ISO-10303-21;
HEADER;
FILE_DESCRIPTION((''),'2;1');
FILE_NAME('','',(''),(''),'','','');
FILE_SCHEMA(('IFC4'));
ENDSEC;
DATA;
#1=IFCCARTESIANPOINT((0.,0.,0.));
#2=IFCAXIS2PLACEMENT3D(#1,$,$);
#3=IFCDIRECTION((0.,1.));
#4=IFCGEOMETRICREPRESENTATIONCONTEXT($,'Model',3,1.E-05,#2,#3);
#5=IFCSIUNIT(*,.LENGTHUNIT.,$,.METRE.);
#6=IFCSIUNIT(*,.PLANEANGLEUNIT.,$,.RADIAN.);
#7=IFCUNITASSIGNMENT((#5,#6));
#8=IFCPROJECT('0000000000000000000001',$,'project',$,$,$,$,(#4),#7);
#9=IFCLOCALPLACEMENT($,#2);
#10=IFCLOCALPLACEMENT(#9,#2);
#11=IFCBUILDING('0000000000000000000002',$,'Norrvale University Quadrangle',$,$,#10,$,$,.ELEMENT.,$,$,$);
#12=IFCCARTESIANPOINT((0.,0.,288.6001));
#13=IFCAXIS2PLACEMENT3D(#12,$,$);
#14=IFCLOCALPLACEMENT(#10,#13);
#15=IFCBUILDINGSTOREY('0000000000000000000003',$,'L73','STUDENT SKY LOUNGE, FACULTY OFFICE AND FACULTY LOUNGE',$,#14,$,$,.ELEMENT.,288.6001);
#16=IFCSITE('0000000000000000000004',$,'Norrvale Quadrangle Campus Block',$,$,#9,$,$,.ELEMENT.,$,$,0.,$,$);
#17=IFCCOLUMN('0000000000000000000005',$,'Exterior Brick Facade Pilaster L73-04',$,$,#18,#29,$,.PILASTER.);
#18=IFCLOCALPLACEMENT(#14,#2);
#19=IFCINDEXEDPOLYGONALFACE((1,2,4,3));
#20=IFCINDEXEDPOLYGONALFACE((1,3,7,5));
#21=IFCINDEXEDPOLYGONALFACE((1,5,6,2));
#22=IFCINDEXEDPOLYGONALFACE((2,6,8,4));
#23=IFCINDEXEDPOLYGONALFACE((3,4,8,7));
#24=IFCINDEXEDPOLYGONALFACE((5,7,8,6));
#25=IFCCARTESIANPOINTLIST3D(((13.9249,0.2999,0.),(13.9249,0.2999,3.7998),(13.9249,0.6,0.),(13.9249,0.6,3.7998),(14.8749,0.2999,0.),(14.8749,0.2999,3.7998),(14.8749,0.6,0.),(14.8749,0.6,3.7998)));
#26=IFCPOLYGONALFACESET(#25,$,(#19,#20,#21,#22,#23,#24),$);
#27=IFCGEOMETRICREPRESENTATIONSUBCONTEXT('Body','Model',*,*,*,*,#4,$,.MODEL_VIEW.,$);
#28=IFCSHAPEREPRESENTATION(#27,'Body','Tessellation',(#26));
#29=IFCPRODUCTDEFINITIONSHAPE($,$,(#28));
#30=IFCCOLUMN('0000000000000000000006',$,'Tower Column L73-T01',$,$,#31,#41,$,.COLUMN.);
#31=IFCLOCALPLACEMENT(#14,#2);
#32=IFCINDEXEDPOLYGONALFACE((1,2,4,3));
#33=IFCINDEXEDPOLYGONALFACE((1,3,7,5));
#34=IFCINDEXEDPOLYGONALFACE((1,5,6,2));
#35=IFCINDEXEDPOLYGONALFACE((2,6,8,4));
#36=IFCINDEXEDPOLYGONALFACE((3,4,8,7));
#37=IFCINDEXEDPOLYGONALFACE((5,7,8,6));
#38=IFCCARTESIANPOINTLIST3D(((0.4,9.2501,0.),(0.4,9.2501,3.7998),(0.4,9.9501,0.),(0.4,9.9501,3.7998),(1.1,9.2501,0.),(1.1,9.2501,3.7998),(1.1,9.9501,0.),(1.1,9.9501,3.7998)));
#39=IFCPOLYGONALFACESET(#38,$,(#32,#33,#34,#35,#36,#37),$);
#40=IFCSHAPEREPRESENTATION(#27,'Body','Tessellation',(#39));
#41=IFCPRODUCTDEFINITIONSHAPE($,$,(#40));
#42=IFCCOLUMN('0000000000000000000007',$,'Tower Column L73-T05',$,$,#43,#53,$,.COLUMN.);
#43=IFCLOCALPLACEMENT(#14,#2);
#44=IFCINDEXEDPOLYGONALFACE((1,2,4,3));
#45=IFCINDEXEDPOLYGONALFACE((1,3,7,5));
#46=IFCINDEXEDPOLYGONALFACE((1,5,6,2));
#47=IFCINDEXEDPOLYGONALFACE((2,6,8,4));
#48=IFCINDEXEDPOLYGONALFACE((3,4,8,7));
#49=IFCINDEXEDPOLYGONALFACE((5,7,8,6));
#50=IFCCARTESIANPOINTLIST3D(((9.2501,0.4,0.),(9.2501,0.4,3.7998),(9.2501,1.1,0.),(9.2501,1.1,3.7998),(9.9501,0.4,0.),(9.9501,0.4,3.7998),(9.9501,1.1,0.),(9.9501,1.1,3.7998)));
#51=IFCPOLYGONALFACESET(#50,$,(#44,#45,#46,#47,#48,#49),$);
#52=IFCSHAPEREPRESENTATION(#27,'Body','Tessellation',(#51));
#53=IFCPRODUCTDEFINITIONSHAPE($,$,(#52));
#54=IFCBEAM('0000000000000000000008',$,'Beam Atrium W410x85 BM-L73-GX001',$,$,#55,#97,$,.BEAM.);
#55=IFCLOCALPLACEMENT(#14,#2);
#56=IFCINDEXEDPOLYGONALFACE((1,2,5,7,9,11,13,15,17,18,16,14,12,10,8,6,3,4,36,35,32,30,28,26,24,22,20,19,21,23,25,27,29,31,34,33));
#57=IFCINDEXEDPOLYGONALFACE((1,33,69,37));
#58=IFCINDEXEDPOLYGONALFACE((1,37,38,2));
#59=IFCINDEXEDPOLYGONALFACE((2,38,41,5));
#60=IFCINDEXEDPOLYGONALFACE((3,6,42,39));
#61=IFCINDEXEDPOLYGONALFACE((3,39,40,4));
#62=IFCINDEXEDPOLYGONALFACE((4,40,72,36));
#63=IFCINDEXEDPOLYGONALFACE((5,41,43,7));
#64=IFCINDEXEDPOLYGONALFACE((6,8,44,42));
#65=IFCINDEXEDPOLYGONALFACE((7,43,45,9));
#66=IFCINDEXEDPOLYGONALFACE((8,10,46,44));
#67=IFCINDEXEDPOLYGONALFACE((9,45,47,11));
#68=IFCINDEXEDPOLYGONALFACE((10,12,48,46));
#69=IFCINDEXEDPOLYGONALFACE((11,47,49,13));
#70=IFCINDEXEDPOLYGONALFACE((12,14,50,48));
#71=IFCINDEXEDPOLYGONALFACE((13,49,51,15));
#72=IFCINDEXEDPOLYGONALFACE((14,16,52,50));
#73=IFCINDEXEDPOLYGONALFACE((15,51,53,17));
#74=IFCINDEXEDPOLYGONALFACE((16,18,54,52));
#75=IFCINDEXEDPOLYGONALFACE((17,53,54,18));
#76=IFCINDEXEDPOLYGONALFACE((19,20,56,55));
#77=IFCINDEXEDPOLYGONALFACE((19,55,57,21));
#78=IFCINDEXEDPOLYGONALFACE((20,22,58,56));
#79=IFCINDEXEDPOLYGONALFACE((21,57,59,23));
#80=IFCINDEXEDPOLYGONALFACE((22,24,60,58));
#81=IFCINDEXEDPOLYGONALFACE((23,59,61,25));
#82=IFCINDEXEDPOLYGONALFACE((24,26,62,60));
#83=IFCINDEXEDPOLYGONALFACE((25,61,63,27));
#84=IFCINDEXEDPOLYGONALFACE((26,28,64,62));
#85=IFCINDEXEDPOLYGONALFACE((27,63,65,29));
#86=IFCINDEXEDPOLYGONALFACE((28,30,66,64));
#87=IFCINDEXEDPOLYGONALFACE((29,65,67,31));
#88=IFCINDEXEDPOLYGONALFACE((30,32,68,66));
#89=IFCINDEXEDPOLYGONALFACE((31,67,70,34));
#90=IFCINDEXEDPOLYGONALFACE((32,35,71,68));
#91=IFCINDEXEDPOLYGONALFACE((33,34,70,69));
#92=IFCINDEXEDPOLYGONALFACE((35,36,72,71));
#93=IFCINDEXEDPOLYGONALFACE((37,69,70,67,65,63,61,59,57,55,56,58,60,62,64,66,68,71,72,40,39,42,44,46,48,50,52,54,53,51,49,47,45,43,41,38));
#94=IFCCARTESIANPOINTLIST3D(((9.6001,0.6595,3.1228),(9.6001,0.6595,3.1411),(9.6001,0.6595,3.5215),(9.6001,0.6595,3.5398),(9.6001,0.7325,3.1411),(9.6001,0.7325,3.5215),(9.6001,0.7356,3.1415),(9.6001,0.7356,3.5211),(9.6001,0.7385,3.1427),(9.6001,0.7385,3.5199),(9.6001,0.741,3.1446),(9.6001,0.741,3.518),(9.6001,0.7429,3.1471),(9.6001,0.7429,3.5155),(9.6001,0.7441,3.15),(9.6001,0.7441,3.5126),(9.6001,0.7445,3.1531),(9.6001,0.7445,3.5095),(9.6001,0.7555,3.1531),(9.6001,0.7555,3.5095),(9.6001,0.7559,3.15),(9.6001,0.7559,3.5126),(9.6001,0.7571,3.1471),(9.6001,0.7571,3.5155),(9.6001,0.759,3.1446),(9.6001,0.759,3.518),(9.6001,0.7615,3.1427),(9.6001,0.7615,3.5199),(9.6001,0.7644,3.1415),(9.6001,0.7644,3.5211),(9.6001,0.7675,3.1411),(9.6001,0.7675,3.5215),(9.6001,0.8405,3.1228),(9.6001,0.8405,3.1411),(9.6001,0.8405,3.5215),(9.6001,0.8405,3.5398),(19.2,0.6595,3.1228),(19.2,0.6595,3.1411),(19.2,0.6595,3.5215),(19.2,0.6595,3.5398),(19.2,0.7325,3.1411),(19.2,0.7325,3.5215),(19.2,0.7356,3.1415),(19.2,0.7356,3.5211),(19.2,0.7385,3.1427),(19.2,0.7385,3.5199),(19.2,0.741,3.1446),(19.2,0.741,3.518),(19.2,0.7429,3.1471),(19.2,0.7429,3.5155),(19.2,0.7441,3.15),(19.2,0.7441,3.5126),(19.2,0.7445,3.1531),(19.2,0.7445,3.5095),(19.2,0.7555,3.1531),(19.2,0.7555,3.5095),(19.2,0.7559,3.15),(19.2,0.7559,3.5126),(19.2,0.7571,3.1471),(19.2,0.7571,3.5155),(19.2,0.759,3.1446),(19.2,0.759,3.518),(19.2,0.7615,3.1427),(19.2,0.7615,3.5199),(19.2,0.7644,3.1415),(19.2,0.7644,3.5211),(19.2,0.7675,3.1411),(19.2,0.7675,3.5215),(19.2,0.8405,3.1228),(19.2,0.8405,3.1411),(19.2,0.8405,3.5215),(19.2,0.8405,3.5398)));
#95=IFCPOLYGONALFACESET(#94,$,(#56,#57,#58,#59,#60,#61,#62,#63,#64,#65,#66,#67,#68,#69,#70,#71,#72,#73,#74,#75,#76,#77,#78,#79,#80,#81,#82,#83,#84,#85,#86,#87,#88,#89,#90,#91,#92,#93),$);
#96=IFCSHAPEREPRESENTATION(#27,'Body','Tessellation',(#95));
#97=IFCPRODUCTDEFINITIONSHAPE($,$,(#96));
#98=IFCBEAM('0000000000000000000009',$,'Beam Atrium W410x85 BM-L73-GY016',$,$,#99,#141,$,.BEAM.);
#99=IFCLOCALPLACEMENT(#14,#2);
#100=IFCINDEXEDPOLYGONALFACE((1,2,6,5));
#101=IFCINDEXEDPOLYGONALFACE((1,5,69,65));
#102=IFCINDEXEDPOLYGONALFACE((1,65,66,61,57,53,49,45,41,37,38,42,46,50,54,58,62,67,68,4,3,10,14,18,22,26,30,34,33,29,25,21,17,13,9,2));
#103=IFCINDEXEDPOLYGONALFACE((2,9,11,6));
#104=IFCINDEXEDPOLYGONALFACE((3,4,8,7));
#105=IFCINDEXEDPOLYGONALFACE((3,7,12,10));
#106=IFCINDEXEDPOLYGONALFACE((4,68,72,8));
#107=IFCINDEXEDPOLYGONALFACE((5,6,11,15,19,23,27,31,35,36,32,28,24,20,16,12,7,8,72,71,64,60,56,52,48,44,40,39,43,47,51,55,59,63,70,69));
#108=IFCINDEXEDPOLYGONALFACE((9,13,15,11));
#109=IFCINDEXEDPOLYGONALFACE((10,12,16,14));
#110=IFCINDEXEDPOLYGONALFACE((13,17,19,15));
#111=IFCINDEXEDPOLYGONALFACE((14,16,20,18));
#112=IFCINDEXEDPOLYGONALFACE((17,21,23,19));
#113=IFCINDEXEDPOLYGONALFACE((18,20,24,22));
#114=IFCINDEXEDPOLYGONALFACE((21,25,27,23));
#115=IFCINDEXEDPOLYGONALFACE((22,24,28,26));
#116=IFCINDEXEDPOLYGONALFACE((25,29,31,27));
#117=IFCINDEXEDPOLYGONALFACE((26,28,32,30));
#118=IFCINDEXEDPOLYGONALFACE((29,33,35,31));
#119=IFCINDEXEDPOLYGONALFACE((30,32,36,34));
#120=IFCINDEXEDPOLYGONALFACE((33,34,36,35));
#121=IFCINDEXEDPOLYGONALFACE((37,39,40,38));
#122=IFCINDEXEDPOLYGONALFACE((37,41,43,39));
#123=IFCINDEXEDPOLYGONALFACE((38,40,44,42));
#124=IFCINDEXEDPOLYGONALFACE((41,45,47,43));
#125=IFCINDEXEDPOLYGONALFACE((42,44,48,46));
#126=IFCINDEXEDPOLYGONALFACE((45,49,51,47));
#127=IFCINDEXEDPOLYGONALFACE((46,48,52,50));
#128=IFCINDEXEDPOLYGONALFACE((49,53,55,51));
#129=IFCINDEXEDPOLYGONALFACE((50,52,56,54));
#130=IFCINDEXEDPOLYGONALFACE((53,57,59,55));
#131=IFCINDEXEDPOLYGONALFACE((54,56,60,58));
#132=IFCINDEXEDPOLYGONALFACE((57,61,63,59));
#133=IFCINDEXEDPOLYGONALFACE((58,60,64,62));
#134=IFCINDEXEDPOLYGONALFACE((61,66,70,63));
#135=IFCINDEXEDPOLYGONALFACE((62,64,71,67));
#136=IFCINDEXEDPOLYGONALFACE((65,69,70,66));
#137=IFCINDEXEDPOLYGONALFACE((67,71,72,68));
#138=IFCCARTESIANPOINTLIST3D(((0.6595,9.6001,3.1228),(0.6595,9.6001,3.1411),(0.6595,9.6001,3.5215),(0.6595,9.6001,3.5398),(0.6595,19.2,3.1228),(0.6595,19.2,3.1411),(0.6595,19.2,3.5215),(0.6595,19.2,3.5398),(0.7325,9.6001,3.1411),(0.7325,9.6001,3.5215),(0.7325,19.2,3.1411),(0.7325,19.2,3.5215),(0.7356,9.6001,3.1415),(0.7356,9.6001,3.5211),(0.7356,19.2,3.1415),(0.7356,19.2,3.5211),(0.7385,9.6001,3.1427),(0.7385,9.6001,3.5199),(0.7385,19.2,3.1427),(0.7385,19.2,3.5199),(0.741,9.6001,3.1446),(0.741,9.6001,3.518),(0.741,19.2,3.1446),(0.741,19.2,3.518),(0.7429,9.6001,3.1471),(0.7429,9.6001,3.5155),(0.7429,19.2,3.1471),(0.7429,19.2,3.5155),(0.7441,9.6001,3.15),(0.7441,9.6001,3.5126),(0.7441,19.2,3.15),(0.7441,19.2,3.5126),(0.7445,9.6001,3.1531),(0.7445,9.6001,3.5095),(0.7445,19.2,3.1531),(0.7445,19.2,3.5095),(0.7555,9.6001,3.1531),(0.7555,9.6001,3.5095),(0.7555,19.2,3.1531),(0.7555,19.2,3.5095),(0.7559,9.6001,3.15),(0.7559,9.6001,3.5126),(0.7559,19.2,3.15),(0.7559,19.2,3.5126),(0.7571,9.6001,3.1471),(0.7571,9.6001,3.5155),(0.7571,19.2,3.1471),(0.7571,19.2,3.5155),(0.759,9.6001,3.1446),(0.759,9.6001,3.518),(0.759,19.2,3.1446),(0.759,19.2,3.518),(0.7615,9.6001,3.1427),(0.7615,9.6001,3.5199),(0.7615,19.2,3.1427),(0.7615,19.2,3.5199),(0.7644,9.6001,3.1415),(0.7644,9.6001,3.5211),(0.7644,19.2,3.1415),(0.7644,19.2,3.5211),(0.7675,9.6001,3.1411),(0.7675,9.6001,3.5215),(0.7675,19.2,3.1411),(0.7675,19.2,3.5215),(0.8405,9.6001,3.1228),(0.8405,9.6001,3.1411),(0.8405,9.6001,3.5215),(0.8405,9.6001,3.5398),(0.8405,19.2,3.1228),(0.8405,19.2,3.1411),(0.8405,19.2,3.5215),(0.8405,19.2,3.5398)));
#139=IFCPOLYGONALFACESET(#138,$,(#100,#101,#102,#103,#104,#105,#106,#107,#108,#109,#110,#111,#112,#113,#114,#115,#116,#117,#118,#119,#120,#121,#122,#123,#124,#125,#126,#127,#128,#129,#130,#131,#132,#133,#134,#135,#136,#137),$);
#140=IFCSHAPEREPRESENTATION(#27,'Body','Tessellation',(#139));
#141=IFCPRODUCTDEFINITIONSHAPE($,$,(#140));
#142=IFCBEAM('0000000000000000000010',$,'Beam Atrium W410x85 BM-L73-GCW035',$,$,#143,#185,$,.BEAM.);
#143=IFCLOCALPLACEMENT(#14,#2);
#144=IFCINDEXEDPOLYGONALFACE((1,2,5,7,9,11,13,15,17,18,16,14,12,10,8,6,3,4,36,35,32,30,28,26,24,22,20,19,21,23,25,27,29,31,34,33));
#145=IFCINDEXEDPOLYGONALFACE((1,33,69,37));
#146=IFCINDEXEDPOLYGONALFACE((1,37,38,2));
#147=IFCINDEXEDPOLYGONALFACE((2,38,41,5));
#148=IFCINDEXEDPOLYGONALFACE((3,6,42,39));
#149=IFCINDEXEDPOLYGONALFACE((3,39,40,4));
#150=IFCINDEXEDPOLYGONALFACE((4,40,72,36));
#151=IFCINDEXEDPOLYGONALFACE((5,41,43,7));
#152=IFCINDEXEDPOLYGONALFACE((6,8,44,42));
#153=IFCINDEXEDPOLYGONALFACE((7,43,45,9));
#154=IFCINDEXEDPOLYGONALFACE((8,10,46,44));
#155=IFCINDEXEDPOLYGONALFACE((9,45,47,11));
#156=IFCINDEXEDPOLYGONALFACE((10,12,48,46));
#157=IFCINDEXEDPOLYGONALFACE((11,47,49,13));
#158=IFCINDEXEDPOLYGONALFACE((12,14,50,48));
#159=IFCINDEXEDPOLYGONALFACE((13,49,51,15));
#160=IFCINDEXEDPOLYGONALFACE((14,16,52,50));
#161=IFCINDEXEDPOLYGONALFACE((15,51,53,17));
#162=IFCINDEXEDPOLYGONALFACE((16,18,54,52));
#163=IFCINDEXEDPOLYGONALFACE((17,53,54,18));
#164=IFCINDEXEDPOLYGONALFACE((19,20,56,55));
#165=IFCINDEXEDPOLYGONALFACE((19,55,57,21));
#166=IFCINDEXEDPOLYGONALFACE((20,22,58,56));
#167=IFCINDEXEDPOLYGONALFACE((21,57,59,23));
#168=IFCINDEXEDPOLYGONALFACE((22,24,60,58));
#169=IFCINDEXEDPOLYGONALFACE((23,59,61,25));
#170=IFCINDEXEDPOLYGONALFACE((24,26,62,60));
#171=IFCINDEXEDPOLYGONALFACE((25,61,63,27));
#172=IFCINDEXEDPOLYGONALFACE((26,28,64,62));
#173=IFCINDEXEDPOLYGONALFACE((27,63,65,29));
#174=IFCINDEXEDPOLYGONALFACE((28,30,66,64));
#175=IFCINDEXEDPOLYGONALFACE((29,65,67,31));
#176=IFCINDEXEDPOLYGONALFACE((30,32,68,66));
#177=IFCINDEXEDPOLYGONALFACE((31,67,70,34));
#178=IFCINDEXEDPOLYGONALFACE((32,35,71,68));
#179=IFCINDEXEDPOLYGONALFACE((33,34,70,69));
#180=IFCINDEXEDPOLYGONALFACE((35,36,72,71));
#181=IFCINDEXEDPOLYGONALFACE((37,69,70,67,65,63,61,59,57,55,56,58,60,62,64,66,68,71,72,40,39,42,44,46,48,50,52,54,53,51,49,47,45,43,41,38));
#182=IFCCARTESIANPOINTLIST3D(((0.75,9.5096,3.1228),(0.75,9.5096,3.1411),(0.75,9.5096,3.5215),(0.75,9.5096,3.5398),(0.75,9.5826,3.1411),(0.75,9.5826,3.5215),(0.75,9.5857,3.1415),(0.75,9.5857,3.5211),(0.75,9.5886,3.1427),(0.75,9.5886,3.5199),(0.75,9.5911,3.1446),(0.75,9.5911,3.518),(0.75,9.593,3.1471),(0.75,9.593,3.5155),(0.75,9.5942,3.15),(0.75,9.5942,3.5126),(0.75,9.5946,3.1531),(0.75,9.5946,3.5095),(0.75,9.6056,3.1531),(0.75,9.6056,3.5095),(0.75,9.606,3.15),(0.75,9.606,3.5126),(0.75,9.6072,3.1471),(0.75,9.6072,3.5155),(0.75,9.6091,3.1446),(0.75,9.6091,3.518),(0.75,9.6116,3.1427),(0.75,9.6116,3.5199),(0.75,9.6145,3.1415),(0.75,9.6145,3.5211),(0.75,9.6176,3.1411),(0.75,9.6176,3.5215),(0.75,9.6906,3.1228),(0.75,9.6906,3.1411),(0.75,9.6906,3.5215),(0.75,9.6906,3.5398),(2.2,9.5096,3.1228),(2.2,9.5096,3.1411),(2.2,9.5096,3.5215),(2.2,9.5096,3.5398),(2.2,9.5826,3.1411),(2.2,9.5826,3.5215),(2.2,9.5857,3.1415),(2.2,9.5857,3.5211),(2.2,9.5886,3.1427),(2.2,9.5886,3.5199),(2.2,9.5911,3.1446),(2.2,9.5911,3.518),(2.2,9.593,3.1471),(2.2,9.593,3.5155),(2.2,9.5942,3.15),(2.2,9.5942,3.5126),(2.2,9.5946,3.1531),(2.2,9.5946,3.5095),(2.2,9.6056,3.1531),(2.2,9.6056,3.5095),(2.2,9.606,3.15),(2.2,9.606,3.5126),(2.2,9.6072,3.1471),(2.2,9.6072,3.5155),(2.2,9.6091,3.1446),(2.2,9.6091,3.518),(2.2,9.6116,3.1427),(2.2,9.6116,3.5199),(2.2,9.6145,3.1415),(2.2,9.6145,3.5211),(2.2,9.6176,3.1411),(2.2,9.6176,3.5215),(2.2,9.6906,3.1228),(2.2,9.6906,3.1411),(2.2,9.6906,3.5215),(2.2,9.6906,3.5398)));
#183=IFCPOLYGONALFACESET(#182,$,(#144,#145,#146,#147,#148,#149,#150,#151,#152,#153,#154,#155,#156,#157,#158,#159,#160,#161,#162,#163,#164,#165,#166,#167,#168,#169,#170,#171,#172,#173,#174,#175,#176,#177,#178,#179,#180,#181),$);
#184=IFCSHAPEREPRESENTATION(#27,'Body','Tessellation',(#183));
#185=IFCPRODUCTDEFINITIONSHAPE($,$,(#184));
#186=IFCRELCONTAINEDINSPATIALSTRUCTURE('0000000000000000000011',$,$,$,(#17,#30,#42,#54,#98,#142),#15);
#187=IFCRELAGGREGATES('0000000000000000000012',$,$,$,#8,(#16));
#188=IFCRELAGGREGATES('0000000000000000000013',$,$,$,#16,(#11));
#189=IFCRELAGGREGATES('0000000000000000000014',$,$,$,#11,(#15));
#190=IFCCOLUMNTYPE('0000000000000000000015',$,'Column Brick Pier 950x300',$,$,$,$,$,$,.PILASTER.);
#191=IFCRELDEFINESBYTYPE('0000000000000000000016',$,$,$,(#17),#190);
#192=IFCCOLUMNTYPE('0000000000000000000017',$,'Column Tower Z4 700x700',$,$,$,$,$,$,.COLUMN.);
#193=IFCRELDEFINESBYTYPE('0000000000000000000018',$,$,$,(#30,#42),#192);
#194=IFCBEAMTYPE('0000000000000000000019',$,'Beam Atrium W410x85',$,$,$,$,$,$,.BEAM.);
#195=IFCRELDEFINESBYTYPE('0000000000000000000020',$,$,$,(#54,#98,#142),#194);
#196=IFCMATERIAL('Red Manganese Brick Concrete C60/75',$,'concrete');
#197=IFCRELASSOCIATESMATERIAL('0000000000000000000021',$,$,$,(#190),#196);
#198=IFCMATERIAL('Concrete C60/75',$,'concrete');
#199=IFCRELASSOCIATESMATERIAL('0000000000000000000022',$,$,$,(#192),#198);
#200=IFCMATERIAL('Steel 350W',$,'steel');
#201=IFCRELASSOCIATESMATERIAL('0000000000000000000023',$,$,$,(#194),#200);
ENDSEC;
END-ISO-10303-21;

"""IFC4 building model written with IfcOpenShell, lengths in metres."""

from ifc_helpers import new_model, si_unit, direction, frame, origin, origin_2d, place, context, subcontext, project, spatial, rectangle, i_section, extrude, material, material_profile, profile_set, type_object, element, save


model = new_model("IFC4")

# Units and contexts
model_context = context("Model", 3, precision=1e-05, world=origin(), true_north=direction((0.0, 1.0)))
body_context = subcontext(model_context, "Body", "Model", "MODEL_VIEW")
ifc_project = project(units=[si_unit("LENGTHUNIT", "METRE"), si_unit("PLANEANGLEUNIT", "RADIAN")], contexts=[model_context])

# Site, building, storey
site_placement = place(None, origin())
site = spatial("IfcSite", under=ifc_project, at=site_placement, Name="Norrvale Quadrangle Campus Block", CompositionType="ELEMENT", RefElevation=0.0)
building_placement = place(site_placement, origin())
building = spatial("IfcBuilding", under=site, at=building_placement, Name="Norrvale University Quadrangle", CompositionType="ELEMENT")
storey_placement = place(building_placement, frame((0.0, 0.0, 288.6001)))
storey = spatial("IfcBuildingStorey", under=building, at=storey_placement, Name="L73", Description="STUDENT SKY LOUNGE, FACULTY OFFICE AND FACULTY LOUNGE", CompositionType="ELEMENT", Elevation=288.6001)

# Columns
ifc_material_1 = material(Name="Red Manganese Brick Concrete C60/75", Category="concrete")
ifc_material_profile_1 = material_profile(ifc_material_1, rectangle(XDim=0.95, YDim=0.3, at=origin_2d()), Name="Red Manganese Brick Concrete C60/75")
ifc_profile_set_1 = profile_set([ifc_material_profile_1], Name="Red Manganese Brick Concrete C60/75")
column_type_1 = type_object("IfcColumnType", Name="Column Brick Pier 950x300", PredefinedType="PILASTER", material=ifc_profile_set_1)
column_placement = place(storey_placement, frame((14.3999, 0.45, 0.0), z_axis=(0.0, 0.0, 1.0), x_axis=(1.0, 0.0, 0.0)))
element("IfcColumn", 1, at=column_placement, inside=storey, type_object=column_type_1, Name="Exterior Brick Facade Pilaster L73-04", PredefinedType="PILASTER", context=body_context, shape_type="SweptSolid", body=[
    extrude(rectangle(XDim=0.95, YDim=0.3, at=origin_2d()), origin(), (0.0, 0.0, 1.0), 3.7998),
])
ifc_material_2 = material(Name="Concrete C60/75", Category="concrete")
ifc_material_profile_2 = material_profile(ifc_material_2, rectangle(XDim=0.7, YDim=0.7, at=origin_2d()), Name="Concrete C60/75")
ifc_profile_set_2 = profile_set([ifc_material_profile_2], Name="Concrete C60/75")
column_type_2 = type_object("IfcColumnType", Name="Column Tower Z4 700x700", PredefinedType="COLUMN", material=ifc_profile_set_2)
for number, where, z_axis, x_axis, name in (
    (2, (0.75, 9.6001, 0.0), (0.0, 0.0, 1.0), (1.0, 0.0, 0.0), "Tower Column L73-T01"),
    (3, (9.6001, 0.75, 0.0), (0.0, 0.0, 1.0), (1.0, 0.0, 0.0), "Tower Column L73-T05"),
):
    element("IfcColumn", number, at=place(storey_placement, frame(where, z_axis=z_axis, x_axis=x_axis)), inside=storey, type_object=column_type_2, Name=name, PredefinedType="COLUMN", context=body_context, shape_type="SweptSolid", body=[
        extrude(rectangle(XDim=0.7, YDim=0.7, at=origin_2d()), origin(), (0.0, 0.0, 1.0), 3.7998),
    ])

# Beams
ifc_material_3 = material(Name="Steel 350W", Category="steel")
ifc_material_profile_3 = material_profile(ifc_material_3, i_section(OverallWidth=0.1809, OverallDepth=0.417, WebThickness=0.011, FlangeThickness=0.0183, FilletRadius=0.012, at=origin_2d()), Name="Steel 350W")
ifc_profile_set_3 = profile_set([ifc_material_profile_3], Name="Steel 350W")
beam_type_1 = type_object("IfcBeamType", Name="Beam Atrium W410x85", PredefinedType="BEAM", material=ifc_profile_set_3)
for number, where, z_axis, x_axis, name in (
    (4, (9.6001, 0.75, 3.3313), (1.0, 0.0, 0.0), (0.0, 1.0, 0.0), "Beam Atrium W410x85 BM-L73-GX001"),
    (5, (0.75, 9.6001, 3.3313), (0.0, 1.0, 0.0), (-1.0, 0.0, 0.0), "Beam Atrium W410x85 BM-L73-GY016"),
):
    element("IfcBeam", number, at=place(storey_placement, frame(where, z_axis=z_axis, x_axis=x_axis)), inside=storey, type_object=beam_type_1, Name=name, PredefinedType="BEAM", context=body_context, shape_type="SweptSolid", body=[
        extrude(i_section(OverallWidth=0.1809, OverallDepth=0.417, WebThickness=0.011, FlangeThickness=0.0183, FilletRadius=0.012, at=origin_2d()), origin(), (0.0, 0.0, 1.0), 9.5999),
    ])
beam_1_placement = place(storey_placement, frame((0.75, 9.6001, 3.3313), z_axis=(1.0, 0.0, 0.0), x_axis=(0.0, 1.0, 0.0)))
element("IfcBeam", 6, at=beam_1_placement, inside=storey, type_object=beam_type_1, Name="Beam Atrium W410x85 BM-L73-GCW035", PredefinedType="BEAM", context=body_context, shape_type="SweptSolid", body=[
    extrude(i_section(OverallWidth=0.1809, OverallDepth=0.417, WebThickness=0.011, FlangeThickness=0.0183, FilletRadius=0.012, at=origin_2d()), origin(), (0.0, 0.0, 1.0), 1.45),
])

save(model, "model.ifc")
